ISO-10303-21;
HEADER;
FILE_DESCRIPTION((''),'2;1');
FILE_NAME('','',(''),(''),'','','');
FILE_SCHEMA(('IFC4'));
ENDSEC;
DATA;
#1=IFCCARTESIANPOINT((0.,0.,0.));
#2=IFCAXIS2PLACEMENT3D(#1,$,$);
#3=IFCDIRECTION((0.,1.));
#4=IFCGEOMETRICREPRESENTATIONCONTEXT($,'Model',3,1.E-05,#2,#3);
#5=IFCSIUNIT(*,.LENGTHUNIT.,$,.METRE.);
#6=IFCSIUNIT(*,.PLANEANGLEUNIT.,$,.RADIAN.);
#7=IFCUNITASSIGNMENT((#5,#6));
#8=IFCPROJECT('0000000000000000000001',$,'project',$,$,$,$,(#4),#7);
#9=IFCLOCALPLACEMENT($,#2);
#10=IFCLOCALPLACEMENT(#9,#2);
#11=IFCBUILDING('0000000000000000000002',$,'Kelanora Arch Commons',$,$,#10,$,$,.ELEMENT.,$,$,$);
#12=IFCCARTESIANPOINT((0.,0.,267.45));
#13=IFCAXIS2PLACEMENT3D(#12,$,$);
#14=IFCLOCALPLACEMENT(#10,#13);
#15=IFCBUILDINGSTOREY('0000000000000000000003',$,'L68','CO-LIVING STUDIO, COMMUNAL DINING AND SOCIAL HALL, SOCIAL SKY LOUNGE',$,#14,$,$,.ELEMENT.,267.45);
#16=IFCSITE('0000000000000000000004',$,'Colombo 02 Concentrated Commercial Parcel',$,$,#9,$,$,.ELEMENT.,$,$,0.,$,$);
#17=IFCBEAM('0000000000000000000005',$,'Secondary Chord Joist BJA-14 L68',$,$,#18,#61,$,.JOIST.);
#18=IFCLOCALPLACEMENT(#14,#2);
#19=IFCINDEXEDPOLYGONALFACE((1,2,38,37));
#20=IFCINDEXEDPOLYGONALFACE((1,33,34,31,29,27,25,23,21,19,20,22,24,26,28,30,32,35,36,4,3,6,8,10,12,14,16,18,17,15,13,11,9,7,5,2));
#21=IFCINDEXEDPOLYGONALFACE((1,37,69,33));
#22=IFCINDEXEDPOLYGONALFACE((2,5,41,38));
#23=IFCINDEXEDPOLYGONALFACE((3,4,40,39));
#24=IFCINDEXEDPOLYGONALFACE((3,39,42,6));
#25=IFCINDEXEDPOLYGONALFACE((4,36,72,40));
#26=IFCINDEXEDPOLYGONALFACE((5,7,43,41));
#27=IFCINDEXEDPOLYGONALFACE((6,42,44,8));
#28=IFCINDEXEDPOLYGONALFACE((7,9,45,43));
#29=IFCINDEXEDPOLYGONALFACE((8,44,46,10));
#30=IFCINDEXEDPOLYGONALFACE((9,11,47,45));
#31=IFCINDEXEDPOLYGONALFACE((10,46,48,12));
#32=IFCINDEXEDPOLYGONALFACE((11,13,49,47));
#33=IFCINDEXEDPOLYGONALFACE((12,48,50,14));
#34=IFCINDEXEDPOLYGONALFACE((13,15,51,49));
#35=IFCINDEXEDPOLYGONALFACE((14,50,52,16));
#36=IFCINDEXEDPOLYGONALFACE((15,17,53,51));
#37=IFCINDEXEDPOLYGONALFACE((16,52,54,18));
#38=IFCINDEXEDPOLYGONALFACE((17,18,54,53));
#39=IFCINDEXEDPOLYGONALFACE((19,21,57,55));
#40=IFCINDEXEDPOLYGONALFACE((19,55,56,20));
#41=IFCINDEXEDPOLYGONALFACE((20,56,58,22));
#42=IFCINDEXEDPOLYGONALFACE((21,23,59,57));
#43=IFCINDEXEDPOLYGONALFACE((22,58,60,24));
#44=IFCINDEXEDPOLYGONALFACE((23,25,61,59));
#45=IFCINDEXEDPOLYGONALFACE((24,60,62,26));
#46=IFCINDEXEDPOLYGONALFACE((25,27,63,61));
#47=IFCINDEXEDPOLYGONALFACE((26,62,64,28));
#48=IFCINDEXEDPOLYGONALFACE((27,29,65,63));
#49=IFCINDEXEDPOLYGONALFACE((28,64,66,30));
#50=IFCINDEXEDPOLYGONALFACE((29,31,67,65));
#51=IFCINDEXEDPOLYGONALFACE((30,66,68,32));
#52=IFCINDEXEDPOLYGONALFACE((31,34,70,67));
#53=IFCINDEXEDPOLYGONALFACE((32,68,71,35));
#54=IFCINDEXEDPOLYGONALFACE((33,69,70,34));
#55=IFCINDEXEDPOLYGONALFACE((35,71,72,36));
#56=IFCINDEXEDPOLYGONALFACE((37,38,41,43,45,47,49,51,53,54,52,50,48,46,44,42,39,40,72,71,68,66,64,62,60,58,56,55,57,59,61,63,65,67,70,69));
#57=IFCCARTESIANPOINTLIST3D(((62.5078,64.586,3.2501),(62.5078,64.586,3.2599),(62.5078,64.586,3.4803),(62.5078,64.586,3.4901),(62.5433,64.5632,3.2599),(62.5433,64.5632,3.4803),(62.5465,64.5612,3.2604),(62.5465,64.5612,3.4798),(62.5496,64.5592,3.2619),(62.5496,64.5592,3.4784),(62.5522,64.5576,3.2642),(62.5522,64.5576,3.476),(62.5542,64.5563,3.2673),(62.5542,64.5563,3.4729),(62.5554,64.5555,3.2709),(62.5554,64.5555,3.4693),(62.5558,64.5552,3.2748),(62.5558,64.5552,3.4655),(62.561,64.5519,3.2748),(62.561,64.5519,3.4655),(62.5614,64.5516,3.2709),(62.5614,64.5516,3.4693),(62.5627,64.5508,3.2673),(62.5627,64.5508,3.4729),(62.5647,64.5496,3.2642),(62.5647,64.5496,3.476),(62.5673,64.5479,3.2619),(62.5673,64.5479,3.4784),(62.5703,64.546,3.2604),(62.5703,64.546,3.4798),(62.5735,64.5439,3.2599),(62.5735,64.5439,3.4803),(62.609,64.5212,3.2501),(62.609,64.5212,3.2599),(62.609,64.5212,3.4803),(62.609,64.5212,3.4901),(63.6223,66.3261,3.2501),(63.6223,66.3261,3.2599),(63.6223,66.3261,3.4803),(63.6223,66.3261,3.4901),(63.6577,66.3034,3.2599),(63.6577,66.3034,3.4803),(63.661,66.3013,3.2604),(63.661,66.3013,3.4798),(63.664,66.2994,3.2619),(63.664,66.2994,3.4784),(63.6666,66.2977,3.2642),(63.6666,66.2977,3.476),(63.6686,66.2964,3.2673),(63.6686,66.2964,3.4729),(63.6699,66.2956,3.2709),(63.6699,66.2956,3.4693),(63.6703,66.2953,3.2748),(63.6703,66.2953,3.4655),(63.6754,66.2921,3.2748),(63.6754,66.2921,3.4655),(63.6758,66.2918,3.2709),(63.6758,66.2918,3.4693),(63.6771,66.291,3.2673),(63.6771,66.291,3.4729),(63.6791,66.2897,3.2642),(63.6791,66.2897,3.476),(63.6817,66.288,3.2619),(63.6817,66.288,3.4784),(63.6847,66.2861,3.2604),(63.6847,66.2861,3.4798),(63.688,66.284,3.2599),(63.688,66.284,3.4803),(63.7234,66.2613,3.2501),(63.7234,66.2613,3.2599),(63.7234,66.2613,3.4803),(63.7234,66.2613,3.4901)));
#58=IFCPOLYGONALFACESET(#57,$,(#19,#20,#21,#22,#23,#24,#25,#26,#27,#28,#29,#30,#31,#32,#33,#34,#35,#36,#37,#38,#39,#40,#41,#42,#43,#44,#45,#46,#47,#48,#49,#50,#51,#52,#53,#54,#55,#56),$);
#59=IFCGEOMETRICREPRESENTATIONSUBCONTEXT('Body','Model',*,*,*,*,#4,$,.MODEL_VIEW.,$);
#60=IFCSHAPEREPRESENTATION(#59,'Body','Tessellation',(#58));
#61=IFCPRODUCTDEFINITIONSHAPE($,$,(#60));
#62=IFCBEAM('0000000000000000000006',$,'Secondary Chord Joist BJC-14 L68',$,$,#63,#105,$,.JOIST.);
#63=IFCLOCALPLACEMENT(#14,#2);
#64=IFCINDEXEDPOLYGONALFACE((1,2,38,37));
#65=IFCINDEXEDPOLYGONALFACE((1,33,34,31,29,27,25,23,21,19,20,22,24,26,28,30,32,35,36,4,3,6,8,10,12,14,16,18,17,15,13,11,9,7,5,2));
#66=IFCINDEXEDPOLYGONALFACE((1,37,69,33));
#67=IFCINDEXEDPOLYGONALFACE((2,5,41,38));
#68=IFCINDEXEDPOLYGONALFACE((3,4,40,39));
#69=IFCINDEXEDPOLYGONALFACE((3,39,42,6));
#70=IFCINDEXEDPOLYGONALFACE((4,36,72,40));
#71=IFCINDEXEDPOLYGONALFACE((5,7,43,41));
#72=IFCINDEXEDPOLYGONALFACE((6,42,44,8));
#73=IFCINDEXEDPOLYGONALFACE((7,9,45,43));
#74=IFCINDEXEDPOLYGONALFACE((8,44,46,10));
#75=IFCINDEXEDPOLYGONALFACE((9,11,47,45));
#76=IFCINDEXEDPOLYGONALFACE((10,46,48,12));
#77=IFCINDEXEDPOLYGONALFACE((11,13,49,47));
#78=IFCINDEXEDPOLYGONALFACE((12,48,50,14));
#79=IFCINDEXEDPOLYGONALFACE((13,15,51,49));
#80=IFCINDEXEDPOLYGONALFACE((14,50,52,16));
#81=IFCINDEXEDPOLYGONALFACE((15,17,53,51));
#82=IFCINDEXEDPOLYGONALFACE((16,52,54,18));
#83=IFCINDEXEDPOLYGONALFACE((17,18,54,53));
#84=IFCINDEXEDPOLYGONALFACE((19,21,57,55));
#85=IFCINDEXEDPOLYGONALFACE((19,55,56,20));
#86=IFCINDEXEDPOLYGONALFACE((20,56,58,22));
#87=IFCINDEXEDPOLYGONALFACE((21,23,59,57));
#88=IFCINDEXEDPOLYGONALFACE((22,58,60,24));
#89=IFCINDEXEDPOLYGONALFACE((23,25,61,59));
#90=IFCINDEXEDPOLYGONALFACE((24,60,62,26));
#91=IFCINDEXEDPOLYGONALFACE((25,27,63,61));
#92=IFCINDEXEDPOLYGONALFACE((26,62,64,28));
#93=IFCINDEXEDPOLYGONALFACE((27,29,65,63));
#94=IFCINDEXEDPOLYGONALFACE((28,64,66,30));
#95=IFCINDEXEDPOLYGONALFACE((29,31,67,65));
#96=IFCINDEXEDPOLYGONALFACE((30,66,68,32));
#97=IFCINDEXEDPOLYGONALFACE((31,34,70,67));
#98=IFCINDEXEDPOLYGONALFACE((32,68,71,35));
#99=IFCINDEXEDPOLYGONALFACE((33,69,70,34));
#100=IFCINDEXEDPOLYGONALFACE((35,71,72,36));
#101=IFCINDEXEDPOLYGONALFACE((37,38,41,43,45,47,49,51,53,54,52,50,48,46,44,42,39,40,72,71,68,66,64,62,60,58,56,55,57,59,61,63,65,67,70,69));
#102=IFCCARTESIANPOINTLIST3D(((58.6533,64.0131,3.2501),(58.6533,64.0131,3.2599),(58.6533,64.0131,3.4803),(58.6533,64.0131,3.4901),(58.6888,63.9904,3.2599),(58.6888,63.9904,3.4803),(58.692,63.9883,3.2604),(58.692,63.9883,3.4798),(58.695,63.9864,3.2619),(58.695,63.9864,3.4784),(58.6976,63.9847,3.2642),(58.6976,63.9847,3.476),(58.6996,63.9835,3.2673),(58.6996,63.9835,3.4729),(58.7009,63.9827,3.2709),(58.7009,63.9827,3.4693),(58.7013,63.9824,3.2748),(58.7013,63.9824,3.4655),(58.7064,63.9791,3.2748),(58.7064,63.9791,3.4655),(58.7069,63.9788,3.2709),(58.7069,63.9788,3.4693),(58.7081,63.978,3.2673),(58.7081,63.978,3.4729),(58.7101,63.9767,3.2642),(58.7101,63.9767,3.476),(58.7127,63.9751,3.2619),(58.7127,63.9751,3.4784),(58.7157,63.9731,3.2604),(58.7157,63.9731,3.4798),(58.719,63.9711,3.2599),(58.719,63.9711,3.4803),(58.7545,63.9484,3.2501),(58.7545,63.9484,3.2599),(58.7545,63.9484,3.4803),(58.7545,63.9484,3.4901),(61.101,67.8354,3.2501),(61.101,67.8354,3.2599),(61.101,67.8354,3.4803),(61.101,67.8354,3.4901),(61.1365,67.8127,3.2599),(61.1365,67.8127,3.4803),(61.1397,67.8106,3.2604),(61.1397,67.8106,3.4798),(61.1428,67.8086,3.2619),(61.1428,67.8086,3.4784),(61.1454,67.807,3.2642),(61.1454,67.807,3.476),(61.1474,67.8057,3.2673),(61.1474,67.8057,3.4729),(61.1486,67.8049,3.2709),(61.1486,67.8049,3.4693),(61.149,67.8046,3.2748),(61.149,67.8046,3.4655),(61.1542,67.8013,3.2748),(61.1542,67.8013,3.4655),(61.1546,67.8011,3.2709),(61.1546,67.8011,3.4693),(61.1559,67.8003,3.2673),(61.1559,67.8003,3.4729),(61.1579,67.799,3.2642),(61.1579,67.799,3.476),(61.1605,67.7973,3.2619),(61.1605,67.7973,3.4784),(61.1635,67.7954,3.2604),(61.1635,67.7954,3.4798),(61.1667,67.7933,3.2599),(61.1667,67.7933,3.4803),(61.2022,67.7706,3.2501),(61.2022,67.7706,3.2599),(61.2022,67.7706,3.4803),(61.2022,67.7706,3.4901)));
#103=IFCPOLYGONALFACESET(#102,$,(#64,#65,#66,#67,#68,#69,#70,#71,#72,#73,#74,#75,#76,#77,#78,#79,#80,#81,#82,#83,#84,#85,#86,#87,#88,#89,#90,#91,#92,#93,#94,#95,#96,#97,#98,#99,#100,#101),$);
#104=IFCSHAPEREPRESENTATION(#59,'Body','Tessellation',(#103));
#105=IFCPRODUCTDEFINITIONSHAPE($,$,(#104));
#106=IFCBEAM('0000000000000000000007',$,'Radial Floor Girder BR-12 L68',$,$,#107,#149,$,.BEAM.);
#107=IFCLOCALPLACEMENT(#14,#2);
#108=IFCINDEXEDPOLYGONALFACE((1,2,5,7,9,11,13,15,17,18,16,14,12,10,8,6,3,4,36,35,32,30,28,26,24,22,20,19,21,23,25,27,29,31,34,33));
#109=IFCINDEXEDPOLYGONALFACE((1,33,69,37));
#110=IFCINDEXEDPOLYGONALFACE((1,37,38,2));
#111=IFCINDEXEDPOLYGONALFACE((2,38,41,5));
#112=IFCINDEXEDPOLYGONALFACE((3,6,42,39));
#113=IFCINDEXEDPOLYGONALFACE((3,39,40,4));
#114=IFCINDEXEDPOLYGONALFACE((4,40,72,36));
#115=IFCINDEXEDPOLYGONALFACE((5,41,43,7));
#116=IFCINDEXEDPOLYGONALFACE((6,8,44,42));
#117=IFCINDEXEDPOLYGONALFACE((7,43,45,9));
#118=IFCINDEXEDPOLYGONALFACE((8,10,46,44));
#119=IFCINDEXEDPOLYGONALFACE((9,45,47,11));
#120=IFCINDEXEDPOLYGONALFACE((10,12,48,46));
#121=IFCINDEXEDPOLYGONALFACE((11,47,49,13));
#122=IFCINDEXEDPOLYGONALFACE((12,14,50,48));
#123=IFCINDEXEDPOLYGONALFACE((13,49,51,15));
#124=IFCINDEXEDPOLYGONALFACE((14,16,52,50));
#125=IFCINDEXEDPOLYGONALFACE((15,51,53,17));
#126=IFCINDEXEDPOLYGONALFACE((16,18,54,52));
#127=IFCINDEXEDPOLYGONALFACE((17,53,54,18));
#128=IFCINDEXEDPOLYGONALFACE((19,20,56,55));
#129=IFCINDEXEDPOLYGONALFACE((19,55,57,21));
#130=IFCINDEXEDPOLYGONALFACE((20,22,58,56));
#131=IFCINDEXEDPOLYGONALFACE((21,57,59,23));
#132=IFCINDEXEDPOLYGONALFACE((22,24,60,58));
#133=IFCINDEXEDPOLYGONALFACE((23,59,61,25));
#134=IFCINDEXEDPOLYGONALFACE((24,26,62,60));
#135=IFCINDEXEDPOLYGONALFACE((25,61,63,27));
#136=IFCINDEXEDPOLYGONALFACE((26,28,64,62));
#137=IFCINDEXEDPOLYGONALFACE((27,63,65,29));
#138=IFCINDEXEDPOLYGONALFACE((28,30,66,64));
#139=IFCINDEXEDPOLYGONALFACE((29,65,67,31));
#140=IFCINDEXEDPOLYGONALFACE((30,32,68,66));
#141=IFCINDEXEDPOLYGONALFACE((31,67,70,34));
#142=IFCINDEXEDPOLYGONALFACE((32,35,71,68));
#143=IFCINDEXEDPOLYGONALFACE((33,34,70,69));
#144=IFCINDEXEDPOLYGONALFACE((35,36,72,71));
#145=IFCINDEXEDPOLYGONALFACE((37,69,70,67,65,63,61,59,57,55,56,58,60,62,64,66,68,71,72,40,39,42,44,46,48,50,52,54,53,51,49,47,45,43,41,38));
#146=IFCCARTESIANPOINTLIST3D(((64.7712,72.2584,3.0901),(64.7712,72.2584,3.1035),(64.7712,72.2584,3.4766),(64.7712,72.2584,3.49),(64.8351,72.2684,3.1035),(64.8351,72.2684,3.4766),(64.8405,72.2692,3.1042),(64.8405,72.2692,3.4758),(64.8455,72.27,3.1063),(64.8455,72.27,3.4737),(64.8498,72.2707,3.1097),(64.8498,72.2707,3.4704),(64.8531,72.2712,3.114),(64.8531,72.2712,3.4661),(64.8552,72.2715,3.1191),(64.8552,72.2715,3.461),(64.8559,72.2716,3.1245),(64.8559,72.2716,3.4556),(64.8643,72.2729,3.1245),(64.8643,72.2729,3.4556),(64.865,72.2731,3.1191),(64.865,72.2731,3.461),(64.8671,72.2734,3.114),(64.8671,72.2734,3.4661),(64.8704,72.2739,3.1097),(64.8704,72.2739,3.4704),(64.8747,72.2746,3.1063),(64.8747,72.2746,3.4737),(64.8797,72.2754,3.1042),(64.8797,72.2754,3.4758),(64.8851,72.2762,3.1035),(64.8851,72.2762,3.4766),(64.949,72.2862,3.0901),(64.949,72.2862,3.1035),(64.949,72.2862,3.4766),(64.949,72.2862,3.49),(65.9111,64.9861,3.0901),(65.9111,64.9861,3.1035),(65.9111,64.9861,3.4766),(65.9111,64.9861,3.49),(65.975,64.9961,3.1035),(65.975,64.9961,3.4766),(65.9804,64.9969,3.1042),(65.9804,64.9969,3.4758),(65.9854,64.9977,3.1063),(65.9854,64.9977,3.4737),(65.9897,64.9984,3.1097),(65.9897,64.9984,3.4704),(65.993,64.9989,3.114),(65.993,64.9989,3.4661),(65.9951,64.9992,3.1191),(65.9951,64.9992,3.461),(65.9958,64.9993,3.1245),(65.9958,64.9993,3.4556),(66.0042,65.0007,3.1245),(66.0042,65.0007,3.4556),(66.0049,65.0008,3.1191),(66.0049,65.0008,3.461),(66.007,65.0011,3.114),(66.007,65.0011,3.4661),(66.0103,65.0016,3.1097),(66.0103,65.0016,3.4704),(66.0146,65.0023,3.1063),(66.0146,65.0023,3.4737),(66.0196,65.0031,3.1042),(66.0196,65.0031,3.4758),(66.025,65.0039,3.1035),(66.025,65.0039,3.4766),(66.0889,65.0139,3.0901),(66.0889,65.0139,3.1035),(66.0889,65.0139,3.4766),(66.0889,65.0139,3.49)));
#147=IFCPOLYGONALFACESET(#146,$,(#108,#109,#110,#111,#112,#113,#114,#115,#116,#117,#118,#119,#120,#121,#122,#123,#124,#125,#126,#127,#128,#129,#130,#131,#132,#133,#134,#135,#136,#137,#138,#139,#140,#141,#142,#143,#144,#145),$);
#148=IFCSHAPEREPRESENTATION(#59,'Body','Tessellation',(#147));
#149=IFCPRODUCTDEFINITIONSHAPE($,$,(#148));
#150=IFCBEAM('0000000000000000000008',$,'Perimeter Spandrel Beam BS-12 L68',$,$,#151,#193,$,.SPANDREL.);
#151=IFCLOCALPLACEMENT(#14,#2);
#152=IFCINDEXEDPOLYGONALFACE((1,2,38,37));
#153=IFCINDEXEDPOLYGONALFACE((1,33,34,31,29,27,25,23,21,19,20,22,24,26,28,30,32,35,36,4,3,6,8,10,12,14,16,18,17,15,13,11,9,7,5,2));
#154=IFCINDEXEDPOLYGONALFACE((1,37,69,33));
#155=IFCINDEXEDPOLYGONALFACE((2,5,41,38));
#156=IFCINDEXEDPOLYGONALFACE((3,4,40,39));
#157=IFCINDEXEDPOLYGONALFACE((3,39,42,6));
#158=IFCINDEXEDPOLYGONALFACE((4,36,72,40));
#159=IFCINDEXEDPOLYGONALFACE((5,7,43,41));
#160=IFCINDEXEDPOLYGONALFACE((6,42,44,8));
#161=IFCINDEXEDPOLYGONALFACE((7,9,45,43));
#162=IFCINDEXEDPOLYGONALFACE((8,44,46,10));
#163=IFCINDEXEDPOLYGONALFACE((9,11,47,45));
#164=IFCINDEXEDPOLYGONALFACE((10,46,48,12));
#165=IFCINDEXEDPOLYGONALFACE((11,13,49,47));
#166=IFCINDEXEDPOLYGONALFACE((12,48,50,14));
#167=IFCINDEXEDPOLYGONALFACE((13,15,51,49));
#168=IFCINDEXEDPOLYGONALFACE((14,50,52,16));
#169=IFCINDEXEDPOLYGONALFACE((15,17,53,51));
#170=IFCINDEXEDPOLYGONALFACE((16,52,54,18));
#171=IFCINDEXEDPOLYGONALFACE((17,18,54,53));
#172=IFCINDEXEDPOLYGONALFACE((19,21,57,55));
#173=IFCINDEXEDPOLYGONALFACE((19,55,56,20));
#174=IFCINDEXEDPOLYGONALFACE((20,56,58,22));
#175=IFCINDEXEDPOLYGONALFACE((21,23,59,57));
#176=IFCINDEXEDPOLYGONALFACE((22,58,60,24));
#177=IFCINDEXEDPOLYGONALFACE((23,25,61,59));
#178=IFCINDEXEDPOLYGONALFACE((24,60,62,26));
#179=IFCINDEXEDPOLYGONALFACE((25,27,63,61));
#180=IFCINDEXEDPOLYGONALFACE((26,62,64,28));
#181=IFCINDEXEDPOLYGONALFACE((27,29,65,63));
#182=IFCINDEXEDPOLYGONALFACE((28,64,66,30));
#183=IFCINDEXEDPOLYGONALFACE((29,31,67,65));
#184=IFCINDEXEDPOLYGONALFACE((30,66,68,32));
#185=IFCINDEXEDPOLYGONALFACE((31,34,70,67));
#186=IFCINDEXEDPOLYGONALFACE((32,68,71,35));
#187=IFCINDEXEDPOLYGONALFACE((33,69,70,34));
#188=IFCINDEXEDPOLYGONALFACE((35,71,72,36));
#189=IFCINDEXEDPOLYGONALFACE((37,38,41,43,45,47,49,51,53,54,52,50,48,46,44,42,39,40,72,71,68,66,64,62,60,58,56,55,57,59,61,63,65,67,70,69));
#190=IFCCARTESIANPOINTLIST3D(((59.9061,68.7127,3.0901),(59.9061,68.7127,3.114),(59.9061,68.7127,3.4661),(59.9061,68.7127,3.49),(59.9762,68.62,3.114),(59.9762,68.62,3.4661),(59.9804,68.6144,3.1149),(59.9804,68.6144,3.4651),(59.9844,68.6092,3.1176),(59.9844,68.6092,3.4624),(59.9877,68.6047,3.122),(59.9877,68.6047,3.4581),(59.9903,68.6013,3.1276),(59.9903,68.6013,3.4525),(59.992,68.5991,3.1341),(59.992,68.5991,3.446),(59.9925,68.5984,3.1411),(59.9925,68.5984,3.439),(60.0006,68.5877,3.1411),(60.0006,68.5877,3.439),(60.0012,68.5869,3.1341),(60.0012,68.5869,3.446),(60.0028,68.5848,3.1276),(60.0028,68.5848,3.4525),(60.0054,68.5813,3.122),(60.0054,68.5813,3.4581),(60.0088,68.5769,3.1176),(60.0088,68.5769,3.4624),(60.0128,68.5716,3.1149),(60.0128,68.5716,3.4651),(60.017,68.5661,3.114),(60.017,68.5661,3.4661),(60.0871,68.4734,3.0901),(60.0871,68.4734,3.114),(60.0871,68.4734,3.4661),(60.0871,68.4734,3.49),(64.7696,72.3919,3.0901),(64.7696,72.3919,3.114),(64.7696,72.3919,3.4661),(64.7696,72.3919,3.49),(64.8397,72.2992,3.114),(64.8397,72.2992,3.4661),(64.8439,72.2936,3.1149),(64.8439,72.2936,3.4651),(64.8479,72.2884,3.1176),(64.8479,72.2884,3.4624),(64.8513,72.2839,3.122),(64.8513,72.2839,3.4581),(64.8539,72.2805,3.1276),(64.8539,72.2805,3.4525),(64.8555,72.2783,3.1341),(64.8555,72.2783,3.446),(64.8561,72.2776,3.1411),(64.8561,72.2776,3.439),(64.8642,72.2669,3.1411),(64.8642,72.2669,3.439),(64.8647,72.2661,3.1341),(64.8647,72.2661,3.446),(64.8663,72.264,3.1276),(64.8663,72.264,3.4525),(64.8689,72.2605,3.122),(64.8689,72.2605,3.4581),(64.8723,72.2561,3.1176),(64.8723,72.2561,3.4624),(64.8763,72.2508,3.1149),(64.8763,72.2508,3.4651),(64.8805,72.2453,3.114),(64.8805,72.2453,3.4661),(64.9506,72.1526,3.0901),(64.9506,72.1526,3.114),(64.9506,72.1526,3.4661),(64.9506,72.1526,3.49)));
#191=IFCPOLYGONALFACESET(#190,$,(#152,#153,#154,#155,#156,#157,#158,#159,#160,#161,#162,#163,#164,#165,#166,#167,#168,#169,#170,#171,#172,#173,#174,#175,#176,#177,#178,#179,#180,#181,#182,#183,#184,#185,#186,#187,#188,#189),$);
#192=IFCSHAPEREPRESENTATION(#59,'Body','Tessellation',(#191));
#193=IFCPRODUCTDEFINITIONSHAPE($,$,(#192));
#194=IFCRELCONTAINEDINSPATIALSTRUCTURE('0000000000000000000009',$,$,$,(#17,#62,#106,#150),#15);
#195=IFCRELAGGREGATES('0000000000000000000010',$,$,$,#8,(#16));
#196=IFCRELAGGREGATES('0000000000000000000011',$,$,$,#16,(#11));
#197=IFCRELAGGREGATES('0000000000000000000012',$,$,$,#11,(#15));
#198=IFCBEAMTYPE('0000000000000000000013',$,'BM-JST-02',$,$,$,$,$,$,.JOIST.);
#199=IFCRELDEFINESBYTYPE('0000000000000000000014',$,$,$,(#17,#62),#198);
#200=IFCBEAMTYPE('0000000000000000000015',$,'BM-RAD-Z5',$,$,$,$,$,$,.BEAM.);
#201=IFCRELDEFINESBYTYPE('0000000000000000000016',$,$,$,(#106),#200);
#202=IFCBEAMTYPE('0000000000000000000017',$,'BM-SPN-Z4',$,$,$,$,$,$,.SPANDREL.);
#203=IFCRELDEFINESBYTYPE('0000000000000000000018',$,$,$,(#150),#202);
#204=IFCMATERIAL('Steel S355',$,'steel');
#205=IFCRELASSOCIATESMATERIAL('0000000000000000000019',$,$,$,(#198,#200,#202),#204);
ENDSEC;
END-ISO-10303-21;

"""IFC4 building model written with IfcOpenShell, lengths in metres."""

from ifc_helpers import new_model, si_unit, direction, frame, origin, origin_2d, place, context, subcontext, project, spatial, i_section, extrude, material, material_profile, profile_set, type_object, element, save


model = new_model("IFC4")

# Units and contexts
model_context = context("Model", 3, precision=1e-05, world=origin(), true_north=direction((0.0, 1.0)))
body_context = subcontext(model_context, "Body", "Model", "MODEL_VIEW")
ifc_project = project(units=[si_unit("LENGTHUNIT", "METRE"), si_unit("PLANEANGLEUNIT", "RADIAN")], contexts=[model_context])

# Site, building, storey
site_placement = place(None, origin())
site = spatial("IfcSite", under=ifc_project, at=site_placement, Name="Colombo 02 Concentrated Commercial Parcel", CompositionType="ELEMENT", RefElevation=0.0)
building_placement = place(site_placement, origin())
building = spatial("IfcBuilding", under=site, at=building_placement, Name="Kelanora Arch Commons", CompositionType="ELEMENT")
storey_placement = place(building_placement, frame((0.0, 0.0, 267.45)))
storey = spatial("IfcBuildingStorey", under=building, at=storey_placement, Name="L68", Description="CO-LIVING STUDIO, COMMUNAL DINING AND SOCIAL HALL, SOCIAL SKY LOUNGE", CompositionType="ELEMENT", Elevation=267.45)

# Beams
ifc_material_1 = material(Name="Steel S355", Category="steel")
ifc_material_profile_1 = material_profile(ifc_material_1, i_section(OverallWidth=0.1201, OverallDepth=0.24, WebThickness=0.0061, FlangeThickness=0.0098, FilletRadius=0.0149, at=origin_2d()), Name="IPE240")
ifc_profile_set_1 = profile_set([ifc_material_profile_1], Name="Steel S355")
beam_type_1 = type_object("IfcBeamType", Name="BM-JST-02", PredefinedType="JOIST", material=ifc_profile_set_1)
beam_1_placement = place(storey_placement, frame((63.6729, 66.2937, 3.3701), z_axis=(-0.539312, -0.842106, 0.0), x_axis=(0.842106, -0.539312, 0.0)))
element("IfcBeam", 1, at=beam_1_placement, inside=storey, type_object=beam_type_1, Name="Secondary Chord Joist BJA-14 L68", PredefinedType="JOIST", context=body_context, shape_type="SweptSolid", body=[
    extrude(i_section(OverallWidth=0.1201, OverallDepth=0.24, WebThickness=0.0061, FlangeThickness=0.0098, FilletRadius=0.0149, at=origin_2d()), origin(), (0.0, 0.0, 1.0), 2.0664),
])
beam_2_placement = place(storey_placement, frame((61.1516, 67.803, 3.3701), z_axis=(-0.539289, -0.842121, 0.0), x_axis=(0.842121, -0.539289, 0.0)))
element("IfcBeam", 2, at=beam_2_placement, inside=storey, type_object=beam_type_1, Name="Secondary Chord Joist BJC-14 L68", PredefinedType="JOIST", context=body_context, shape_type="SweptSolid", body=[
    extrude(i_section(OverallWidth=0.1201, OverallDepth=0.24, WebThickness=0.0061, FlangeThickness=0.0098, FilletRadius=0.0149, at=origin_2d()), origin(), (0.0, 0.0, 1.0), 4.5388),
])
ifc_material_profile_2 = material_profile(ifc_material_1, i_section(OverallWidth=0.1799, OverallDepth=0.3999, WebThickness=0.0085, FlangeThickness=0.0134, FilletRadius=0.021, at=origin_2d()), Name="IPE400")
ifc_profile_set_2 = profile_set([ifc_material_profile_2], Name="Steel S355")
beam_type_2 = type_object("IfcBeamType", Name="BM-RAD-Z5", PredefinedType="BEAM", material=ifc_profile_set_2)
beam_3_placement = place(storey_placement, frame((66.0, 65.0, 3.29), z_axis=(-0.154855, 0.987937, 0.0), x_axis=(-0.987937, -0.154855, 0.0)))
element("IfcBeam", 3, at=beam_3_placement, inside=storey, type_object=beam_type_2, Name="Radial Floor Girder BR-12 L68", PredefinedType="BEAM", context=body_context, shape_type="SweptSolid", body=[
    extrude(i_section(OverallWidth=0.1799, OverallDepth=0.3999, WebThickness=0.0085, FlangeThickness=0.0134, FilletRadius=0.021, at=origin_2d()), origin(), (0.0, 0.0, 1.0), 7.3611),
])
ifc_material_profile_3 = material_profile(ifc_material_1, i_section(OverallWidth=0.3, OverallDepth=0.3999, WebThickness=0.0134, FlangeThickness=0.0239, FilletRadius=0.0271, at=origin_2d()), Name="HEB400")
ifc_profile_set_3 = profile_set([ifc_material_profile_3], Name="Steel S355")
beam_type_3 = type_object("IfcBeamType", Name="BM-SPN-Z4", PredefinedType="SPANDREL", material=ifc_profile_set_3)
beam_4_placement = place(storey_placement, frame((64.8601, 72.2722, 3.29), z_axis=(-0.797509, -0.603306, 0.0), x_axis=(0.603306, -0.797509, 0.0)))
element("IfcBeam", 4, at=beam_4_placement, inside=storey, type_object=beam_type_3, Name="Perimeter Spandrel Beam BS-12 L68", PredefinedType="SPANDREL", context=body_context, shape_type="SweptSolid", body=[
    extrude(i_section(OverallWidth=0.3, OverallDepth=0.3999, WebThickness=0.0134, FlangeThickness=0.0239, FilletRadius=0.0271, at=origin_2d()), origin(), (0.0, 0.0, 1.0), 6.0984),
])

save(model, "model.ifc")
